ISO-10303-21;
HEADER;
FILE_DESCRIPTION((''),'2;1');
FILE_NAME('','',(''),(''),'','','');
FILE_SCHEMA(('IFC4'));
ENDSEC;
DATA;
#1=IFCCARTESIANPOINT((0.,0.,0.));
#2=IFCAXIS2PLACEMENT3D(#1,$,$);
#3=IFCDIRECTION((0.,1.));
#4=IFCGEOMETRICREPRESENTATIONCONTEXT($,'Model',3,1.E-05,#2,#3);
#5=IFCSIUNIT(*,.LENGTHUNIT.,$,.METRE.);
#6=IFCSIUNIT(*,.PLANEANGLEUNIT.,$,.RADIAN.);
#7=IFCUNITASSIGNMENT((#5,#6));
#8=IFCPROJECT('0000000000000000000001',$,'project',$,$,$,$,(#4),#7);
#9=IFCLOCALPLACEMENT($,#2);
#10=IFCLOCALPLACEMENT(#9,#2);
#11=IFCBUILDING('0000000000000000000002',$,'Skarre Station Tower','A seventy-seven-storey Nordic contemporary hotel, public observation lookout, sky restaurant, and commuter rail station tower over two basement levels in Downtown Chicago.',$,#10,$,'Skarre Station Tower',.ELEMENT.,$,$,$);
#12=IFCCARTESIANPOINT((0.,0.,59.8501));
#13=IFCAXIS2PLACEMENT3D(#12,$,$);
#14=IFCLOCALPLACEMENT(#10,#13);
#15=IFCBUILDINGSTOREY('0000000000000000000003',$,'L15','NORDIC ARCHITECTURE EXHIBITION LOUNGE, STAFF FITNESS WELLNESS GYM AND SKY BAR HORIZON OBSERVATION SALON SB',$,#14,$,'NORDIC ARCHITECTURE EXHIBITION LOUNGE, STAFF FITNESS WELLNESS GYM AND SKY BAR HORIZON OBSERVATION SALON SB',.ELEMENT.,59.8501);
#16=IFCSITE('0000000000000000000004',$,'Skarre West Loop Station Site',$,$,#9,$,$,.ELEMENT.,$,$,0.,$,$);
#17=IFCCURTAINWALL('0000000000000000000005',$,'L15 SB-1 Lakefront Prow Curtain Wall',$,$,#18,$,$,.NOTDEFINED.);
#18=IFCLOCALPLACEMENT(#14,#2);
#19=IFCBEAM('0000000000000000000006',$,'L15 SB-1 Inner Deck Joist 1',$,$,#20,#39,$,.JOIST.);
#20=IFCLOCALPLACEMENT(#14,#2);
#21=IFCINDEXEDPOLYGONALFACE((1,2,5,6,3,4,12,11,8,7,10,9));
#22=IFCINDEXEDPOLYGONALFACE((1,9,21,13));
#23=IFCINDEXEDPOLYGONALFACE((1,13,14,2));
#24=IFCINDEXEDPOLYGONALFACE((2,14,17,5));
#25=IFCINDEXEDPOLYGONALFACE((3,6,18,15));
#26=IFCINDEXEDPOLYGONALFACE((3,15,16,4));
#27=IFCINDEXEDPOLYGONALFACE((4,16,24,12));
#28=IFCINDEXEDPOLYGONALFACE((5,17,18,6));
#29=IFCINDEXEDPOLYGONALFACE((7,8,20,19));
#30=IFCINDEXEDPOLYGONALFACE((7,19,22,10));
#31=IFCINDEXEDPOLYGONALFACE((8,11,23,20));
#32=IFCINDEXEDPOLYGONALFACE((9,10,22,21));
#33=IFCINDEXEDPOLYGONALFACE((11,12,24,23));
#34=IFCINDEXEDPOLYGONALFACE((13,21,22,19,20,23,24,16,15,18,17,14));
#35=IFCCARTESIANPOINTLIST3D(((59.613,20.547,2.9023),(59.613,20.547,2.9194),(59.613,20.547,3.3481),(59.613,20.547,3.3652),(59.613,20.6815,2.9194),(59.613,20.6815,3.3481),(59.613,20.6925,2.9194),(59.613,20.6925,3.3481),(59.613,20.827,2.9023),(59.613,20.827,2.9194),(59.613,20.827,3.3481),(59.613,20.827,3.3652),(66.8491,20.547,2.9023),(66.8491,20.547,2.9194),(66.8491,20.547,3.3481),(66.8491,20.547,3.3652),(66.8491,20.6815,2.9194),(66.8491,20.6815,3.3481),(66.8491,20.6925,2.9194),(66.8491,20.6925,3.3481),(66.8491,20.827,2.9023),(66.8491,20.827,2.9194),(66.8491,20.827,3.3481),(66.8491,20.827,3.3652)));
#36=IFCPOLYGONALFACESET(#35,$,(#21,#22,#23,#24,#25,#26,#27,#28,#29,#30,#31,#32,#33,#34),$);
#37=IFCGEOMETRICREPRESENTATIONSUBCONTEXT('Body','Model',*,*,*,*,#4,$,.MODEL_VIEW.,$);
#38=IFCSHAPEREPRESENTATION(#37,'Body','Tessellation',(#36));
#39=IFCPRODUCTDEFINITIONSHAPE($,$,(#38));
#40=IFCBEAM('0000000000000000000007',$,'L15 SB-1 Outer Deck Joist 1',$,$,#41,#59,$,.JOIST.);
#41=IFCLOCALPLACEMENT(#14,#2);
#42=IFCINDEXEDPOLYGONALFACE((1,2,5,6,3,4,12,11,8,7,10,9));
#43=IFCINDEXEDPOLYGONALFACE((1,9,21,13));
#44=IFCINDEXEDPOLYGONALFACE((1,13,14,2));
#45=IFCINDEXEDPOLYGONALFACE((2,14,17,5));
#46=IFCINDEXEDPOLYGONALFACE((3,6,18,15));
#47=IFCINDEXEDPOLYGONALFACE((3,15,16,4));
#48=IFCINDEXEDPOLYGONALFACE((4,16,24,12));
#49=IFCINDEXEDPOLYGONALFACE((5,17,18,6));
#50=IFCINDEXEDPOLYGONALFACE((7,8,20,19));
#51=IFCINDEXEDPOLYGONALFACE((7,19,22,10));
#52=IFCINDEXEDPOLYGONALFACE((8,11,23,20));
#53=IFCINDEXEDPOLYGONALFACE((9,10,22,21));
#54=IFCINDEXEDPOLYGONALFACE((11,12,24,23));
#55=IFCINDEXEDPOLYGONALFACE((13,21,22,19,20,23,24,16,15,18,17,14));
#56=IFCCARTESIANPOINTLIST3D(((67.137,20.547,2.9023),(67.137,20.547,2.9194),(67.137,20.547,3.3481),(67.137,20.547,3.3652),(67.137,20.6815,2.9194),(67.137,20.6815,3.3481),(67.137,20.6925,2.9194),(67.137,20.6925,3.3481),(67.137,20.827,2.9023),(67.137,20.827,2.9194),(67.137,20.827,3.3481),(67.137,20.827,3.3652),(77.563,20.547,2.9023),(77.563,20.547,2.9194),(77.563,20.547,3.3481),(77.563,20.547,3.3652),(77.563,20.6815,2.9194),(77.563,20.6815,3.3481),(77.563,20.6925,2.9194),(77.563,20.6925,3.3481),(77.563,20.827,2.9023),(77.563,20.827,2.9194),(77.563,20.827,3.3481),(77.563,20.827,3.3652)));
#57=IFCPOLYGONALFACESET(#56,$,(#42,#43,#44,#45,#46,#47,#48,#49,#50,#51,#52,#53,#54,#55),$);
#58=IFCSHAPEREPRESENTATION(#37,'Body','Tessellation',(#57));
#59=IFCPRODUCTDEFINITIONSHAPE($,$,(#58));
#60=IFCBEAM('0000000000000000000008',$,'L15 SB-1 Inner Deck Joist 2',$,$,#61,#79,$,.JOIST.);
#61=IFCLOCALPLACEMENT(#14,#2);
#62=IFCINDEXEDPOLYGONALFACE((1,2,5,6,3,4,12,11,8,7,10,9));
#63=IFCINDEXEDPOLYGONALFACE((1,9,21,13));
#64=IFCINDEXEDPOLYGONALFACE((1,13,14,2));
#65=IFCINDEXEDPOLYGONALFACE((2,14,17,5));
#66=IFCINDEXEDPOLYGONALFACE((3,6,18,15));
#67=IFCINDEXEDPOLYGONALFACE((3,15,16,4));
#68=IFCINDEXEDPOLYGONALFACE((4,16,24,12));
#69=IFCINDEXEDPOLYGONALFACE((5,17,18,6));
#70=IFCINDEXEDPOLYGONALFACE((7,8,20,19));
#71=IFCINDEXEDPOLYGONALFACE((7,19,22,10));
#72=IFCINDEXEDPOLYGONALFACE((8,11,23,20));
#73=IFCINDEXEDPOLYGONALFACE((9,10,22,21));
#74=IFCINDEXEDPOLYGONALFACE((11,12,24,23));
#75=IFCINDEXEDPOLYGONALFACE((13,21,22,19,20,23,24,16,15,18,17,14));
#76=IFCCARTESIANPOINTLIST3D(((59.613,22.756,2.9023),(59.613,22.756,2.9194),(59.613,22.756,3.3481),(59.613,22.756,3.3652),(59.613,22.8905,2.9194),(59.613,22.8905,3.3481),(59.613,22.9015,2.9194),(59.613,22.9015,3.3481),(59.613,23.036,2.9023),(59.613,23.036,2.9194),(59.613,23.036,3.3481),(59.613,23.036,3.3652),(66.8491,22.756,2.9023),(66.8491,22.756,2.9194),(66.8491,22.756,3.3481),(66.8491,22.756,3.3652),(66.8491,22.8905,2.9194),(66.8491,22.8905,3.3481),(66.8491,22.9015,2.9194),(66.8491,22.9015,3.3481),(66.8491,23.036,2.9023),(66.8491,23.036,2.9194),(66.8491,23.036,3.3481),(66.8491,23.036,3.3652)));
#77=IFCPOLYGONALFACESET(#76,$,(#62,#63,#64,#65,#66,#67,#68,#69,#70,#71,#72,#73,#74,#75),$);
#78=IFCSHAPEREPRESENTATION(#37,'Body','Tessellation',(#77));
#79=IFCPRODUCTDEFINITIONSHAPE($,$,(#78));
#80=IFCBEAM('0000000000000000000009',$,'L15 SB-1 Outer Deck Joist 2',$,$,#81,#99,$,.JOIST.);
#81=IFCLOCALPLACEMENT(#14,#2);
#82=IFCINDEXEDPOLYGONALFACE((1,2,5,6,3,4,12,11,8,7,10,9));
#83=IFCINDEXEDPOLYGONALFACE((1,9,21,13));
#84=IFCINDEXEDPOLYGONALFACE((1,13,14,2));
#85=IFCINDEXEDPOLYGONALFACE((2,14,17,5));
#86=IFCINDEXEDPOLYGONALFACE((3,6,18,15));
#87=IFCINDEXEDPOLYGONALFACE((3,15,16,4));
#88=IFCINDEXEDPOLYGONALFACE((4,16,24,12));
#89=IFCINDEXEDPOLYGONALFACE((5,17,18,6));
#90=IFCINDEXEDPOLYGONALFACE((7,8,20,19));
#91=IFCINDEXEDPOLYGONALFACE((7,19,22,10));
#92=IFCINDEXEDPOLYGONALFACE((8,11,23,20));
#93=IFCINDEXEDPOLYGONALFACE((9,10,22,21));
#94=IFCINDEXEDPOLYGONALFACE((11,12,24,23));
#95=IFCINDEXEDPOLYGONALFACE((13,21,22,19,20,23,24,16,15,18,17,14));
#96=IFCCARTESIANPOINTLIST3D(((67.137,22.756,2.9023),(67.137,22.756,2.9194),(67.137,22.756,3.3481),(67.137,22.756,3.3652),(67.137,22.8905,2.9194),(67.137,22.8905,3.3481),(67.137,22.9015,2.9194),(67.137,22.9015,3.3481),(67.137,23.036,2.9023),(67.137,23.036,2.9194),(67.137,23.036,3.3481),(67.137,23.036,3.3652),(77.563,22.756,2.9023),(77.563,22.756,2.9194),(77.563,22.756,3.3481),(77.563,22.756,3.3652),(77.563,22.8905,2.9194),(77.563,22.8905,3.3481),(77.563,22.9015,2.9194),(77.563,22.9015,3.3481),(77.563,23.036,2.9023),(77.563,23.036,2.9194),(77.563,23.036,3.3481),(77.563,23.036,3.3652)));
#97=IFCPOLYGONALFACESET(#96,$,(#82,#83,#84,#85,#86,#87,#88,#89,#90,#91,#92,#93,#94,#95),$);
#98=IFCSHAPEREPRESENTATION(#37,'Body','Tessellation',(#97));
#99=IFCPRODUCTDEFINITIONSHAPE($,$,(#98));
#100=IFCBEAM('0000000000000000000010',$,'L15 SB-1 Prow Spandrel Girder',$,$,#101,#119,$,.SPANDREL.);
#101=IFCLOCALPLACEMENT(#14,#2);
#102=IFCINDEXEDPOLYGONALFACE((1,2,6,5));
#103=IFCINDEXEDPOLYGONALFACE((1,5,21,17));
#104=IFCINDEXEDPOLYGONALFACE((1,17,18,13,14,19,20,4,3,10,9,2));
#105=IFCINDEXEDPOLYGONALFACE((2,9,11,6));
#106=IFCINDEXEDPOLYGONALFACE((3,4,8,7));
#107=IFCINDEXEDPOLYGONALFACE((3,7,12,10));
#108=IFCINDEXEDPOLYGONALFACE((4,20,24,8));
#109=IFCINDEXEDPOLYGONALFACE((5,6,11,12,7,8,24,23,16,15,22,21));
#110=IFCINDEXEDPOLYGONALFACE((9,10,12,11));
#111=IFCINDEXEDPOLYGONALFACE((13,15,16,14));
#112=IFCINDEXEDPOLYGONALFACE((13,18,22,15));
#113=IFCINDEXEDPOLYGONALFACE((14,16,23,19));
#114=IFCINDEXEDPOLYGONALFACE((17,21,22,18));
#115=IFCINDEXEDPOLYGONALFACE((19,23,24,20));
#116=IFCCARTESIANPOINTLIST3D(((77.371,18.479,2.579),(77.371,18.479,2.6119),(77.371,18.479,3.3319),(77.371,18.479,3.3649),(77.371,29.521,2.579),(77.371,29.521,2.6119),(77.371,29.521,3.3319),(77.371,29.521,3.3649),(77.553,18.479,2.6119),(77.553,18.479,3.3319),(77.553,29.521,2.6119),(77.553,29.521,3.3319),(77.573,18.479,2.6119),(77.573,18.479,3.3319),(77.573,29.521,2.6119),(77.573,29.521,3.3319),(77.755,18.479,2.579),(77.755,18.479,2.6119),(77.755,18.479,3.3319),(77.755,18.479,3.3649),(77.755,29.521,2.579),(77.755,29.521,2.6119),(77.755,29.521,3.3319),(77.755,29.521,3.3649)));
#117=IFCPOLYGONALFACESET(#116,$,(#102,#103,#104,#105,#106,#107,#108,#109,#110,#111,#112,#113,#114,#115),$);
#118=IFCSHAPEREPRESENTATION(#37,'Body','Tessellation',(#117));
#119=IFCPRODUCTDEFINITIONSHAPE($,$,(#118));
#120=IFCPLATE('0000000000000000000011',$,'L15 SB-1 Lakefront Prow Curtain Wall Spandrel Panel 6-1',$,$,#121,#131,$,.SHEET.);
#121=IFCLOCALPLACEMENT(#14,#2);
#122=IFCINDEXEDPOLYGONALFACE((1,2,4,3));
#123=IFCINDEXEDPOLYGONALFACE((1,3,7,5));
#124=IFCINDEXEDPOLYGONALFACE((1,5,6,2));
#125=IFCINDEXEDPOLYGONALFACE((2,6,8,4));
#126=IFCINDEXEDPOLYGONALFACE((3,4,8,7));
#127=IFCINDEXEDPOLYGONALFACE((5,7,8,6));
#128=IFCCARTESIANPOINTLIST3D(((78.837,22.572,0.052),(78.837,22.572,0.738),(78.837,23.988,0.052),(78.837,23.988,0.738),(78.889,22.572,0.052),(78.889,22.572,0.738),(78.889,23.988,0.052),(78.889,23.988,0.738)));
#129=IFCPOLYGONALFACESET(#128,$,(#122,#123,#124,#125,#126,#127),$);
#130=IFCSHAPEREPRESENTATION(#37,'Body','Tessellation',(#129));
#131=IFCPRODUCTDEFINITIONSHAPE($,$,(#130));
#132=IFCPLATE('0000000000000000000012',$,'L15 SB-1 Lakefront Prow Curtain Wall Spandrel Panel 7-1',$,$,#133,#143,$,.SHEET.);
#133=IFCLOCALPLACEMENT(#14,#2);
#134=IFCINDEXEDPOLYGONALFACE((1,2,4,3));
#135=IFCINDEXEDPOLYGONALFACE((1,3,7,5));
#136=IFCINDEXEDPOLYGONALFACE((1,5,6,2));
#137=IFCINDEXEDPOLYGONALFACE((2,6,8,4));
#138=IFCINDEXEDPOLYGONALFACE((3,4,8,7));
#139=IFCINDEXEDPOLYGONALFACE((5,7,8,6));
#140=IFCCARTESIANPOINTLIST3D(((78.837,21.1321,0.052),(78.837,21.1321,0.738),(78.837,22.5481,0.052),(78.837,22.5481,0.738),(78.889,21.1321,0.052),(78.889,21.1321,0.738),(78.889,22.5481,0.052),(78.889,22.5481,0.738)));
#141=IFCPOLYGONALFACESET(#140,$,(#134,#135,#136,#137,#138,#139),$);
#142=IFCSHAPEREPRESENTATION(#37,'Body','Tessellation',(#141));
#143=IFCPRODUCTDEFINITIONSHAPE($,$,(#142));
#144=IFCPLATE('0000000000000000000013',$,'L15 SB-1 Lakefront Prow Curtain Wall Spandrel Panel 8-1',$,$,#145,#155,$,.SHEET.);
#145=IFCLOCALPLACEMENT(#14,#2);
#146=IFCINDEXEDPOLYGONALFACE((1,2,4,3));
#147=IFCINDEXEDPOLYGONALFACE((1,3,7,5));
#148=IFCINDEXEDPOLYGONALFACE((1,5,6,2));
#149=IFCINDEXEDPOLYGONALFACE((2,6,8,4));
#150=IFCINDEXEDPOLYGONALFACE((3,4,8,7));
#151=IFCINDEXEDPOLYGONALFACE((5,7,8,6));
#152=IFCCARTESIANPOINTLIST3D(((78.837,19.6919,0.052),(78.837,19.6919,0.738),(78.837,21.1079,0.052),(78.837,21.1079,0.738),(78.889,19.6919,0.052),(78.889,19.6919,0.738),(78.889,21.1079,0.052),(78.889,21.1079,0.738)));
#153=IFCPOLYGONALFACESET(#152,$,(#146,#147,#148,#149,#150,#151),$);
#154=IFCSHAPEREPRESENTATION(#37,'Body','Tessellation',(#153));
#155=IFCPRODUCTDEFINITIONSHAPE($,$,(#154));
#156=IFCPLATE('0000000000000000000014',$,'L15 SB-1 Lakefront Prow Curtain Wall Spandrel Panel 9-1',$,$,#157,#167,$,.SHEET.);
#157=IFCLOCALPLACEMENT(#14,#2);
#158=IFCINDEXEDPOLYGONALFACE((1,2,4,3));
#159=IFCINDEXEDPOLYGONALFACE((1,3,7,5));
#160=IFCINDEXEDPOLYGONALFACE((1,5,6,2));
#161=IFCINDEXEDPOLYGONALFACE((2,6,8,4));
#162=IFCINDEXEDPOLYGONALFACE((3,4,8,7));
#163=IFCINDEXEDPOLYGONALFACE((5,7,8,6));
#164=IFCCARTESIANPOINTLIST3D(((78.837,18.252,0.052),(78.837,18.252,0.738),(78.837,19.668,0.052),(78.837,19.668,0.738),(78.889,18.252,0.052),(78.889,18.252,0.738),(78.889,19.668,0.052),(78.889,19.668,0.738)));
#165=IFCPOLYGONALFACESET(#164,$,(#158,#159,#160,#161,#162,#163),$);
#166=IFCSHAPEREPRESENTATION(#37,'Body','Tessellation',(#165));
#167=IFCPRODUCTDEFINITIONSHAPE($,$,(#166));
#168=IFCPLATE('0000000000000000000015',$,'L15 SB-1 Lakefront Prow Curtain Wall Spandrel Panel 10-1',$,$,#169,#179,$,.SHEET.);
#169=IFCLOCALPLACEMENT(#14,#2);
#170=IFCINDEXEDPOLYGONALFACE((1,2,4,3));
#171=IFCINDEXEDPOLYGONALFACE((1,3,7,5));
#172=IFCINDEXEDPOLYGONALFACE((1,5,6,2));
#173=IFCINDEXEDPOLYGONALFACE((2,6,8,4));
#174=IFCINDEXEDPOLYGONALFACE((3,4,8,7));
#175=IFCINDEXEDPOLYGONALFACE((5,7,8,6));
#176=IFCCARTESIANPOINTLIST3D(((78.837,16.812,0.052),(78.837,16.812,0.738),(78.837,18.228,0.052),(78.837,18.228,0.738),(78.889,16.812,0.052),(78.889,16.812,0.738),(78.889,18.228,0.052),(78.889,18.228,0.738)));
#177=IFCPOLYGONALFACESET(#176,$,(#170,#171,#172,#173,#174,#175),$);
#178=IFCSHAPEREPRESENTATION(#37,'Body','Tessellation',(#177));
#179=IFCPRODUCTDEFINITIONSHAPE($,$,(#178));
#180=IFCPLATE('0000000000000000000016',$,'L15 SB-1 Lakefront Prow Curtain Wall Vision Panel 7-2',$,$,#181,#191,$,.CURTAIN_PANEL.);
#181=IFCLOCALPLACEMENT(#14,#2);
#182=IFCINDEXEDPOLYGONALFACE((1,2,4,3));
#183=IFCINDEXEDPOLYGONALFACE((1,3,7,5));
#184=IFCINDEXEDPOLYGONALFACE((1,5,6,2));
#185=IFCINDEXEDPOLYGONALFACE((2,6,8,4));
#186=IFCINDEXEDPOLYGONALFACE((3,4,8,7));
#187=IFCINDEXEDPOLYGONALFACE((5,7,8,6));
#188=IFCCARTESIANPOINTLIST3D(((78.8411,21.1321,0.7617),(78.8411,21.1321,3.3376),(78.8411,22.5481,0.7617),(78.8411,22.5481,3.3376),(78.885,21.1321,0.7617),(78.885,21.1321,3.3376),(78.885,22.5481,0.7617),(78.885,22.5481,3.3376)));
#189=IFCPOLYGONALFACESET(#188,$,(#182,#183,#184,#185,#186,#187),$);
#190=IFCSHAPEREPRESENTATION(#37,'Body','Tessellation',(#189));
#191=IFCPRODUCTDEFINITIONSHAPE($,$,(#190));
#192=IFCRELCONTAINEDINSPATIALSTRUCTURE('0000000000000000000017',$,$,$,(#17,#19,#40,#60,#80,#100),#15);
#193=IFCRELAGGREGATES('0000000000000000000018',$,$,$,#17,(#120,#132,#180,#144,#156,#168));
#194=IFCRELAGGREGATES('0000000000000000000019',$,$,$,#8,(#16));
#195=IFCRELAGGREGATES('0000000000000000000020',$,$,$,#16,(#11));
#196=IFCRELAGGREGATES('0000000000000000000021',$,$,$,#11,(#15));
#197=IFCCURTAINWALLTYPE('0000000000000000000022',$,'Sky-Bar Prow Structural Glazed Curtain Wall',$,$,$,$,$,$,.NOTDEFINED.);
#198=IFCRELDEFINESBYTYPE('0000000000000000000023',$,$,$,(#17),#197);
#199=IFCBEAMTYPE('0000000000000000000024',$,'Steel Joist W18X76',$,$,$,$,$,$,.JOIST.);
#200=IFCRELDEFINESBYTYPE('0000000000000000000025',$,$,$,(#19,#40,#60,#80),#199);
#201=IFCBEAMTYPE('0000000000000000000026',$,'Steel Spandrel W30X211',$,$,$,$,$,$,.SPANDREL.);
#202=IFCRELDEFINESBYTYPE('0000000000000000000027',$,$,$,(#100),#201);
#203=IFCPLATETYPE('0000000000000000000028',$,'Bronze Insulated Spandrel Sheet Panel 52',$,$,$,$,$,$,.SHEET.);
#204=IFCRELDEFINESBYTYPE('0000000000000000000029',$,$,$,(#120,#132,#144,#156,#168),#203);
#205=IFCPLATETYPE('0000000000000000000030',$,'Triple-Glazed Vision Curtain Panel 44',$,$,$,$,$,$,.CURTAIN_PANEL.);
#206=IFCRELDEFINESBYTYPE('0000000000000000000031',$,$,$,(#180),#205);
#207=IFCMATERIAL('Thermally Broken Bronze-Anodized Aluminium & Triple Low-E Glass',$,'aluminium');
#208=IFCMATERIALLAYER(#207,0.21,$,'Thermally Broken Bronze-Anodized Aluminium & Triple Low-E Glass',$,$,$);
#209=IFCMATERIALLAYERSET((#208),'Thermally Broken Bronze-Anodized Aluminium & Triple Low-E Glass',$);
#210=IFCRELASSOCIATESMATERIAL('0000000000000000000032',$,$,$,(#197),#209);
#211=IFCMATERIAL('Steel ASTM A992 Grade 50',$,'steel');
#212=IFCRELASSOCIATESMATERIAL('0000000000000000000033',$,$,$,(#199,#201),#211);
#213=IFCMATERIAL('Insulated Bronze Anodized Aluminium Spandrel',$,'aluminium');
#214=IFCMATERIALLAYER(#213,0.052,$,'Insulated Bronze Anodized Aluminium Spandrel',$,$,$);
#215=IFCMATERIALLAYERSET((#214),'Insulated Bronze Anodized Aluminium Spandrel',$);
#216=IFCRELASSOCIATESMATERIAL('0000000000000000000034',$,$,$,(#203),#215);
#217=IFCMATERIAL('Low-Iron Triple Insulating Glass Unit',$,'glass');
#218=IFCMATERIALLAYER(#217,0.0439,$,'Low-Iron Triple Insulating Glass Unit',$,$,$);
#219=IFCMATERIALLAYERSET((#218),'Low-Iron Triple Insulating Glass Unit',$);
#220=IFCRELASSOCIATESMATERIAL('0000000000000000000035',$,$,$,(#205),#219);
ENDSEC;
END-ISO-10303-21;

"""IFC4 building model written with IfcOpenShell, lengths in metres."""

from ifc_helpers import new_model, si_unit, direction, frame, origin, origin_2d, place, context, subcontext, project, spatial, rectangle, i_section, extrude, material, layer, layer_set, material_profile, profile_set, type_object, element, aggregate, save


model = new_model("IFC4")

# Units and contexts
model_context = context("Model", 3, precision=1e-05, world=origin(), true_north=direction((0.0, 1.0)))
body_context = subcontext(model_context, "Body", "Model", "MODEL_VIEW")
ifc_project = project(units=[si_unit("LENGTHUNIT", "METRE"), si_unit("PLANEANGLEUNIT", "RADIAN")], contexts=[model_context])

# Site, building, storey
site_placement = place(None, origin())
site = spatial("IfcSite", under=ifc_project, at=site_placement, Name="Skarre West Loop Station Site", CompositionType="ELEMENT", RefElevation=0.0)
building_placement = place(site_placement, origin())
building = spatial("IfcBuilding", under=site, at=building_placement, Name="Skarre Station Tower", Description="A seventy-seven-storey Nordic contemporary hotel, public observation lookout, sky restaurant, and commuter rail station tower over two basement levels in Downtown Chicago.", LongName="Skarre Station Tower", CompositionType="ELEMENT")
storey_placement = place(building_placement, frame((0.0, 0.0, 59.8501)))
storey = spatial("IfcBuildingStorey", under=building, at=storey_placement, Name="L15", Description="NORDIC ARCHITECTURE EXHIBITION LOUNGE, STAFF FITNESS WELLNESS GYM AND SKY BAR HORIZON OBSERVATION SALON SB", LongName="NORDIC ARCHITECTURE EXHIBITION LOUNGE, STAFF FITNESS WELLNESS GYM AND SKY BAR HORIZON OBSERVATION SALON SB", CompositionType="ELEMENT", Elevation=59.8501)

# Curtain wall
ifc_material_1 = material(Name="Thermally Broken Bronze-Anodized Aluminium & Triple Low-E Glass", Category="aluminium")
ifc_layer_1 = layer(ifc_material_1, 0.21, Name="Thermally Broken Bronze-Anodized Aluminium & Triple Low-E Glass")
ifc_layer_set_1 = layer_set([ifc_layer_1], Name="Thermally Broken Bronze-Anodized Aluminium & Triple Low-E Glass")
curtain_wall_type = type_object("IfcCurtainWallType", Name="Sky-Bar Prow Structural Glazed Curtain Wall", PredefinedType="NOTDEFINED", material=ifc_layer_set_1)
curtain_wall_placement = place(storey_placement, origin())
curtain_wall = element("IfcCurtainWall", 1, at=curtain_wall_placement, inside=storey, type_object=curtain_wall_type, Name="L15 SB-1 Lakefront Prow Curtain Wall", PredefinedType="NOTDEFINED")

# Beams
ifc_material_2 = material(Name="Steel ASTM A992 Grade 50", Category="steel")
ifc_material_profile_1 = material_profile(ifc_material_2, i_section(OverallWidth=0.28, OverallDepth=0.4629, WebThickness=0.011, FlangeThickness=0.0171, at=origin_2d()), Name="Steel ASTM A992 Grade 50")
ifc_profile_set_1 = profile_set([ifc_material_profile_1], Name="Steel ASTM A992 Grade 50")
beam_type_1 = type_object("IfcBeamType", Name="Steel Joist W18X76", PredefinedType="JOIST", material=ifc_profile_set_1)
beam_1_placement = place(storey_placement, frame((59.613, 20.687, 3.1338), z_axis=(1.0, 0.0, 0.0), x_axis=(0.0, 1.0, 0.0)))
element("IfcBeam", 2, at=beam_1_placement, inside=storey, type_object=beam_type_1, Name="L15 SB-1 Inner Deck Joist 1", PredefinedType="JOIST", context=body_context, shape_type="SweptSolid", body=[
    extrude(i_section(OverallWidth=0.28, OverallDepth=0.4629, WebThickness=0.011, FlangeThickness=0.0171, at=origin_2d()), origin(), (0.0, 0.0, 1.0), 7.2361),
])
beam_2_placement = place(storey_placement, frame((67.137, 20.687, 3.1338), z_axis=(1.0, 0.0, 0.0), x_axis=(0.0, 1.0, 0.0)))
element("IfcBeam", 3, at=beam_2_placement, inside=storey, type_object=beam_type_1, Name="L15 SB-1 Outer Deck Joist 1", PredefinedType="JOIST", context=body_context, shape_type="SweptSolid", body=[
    extrude(i_section(OverallWidth=0.28, OverallDepth=0.4629, WebThickness=0.011, FlangeThickness=0.0171, at=origin_2d()), origin(), (0.0, 0.0, 1.0), 10.426),
])
beam_3_placement = place(storey_placement, frame((59.613, 22.896, 3.1338), z_axis=(1.0, 0.0, 0.0), x_axis=(0.0, 1.0, 0.0)))
element("IfcBeam", 4, at=beam_3_placement, inside=storey, type_object=beam_type_1, Name="L15 SB-1 Inner Deck Joist 2", PredefinedType="JOIST", context=body_context, shape_type="SweptSolid", body=[
    extrude(i_section(OverallWidth=0.28, OverallDepth=0.4629, WebThickness=0.011, FlangeThickness=0.0171, at=origin_2d()), origin(), (0.0, 0.0, 1.0), 7.2361),
])
beam_4_placement = place(storey_placement, frame((67.137, 22.896, 3.1338), z_axis=(1.0, 0.0, 0.0), x_axis=(0.0, 1.0, 0.0)))
element("IfcBeam", 5, at=beam_4_placement, inside=storey, type_object=beam_type_1, Name="L15 SB-1 Outer Deck Joist 2", PredefinedType="JOIST", context=body_context, shape_type="SweptSolid", body=[
    extrude(i_section(OverallWidth=0.28, OverallDepth=0.4629, WebThickness=0.011, FlangeThickness=0.0171, at=origin_2d()), origin(), (0.0, 0.0, 1.0), 10.426),
])
ifc_material_profile_2 = material_profile(ifc_material_2, i_section(OverallWidth=0.384, OverallDepth=0.7859, WebThickness=0.02, FlangeThickness=0.033, at=origin_2d()), Name="Steel ASTM A992 Grade 50")
ifc_profile_set_2 = profile_set([ifc_material_profile_2], Name="Steel ASTM A992 Grade 50")
beam_type_2 = type_object("IfcBeamType", Name="Steel Spandrel W30X211", PredefinedType="SPANDREL", material=ifc_profile_set_2)
beam_5_placement = place(storey_placement, frame((77.563, 18.479, 2.9719), z_axis=(0.0, 1.0, 0.0), x_axis=(-1.0, 0.0, 0.0)))
element("IfcBeam", 6, at=beam_5_placement, inside=storey, type_object=beam_type_2, Name="L15 SB-1 Prow Spandrel Girder", PredefinedType="SPANDREL", context=body_context, shape_type="SweptSolid", body=[
    extrude(i_section(OverallWidth=0.384, OverallDepth=0.7859, WebThickness=0.02, FlangeThickness=0.033, at=origin_2d()), origin(), (0.0, 0.0, 1.0), 11.042),
])

# Plates
ifc_material_3 = material(Name="Insulated Bronze Anodized Aluminium Spandrel", Category="aluminium")
ifc_layer_2 = layer(ifc_material_3, 0.052, Name="Insulated Bronze Anodized Aluminium Spandrel")
ifc_layer_set_2 = layer_set([ifc_layer_2], Name="Insulated Bronze Anodized Aluminium Spandrel")
plate_type_1 = type_object("IfcPlateType", Name="Bronze Insulated Spandrel Sheet Panel 52", PredefinedType="SHEET", material=ifc_layer_set_2)
plate_1_placement = place(storey_placement, frame((78.863, 23.28, 0.052), z_axis=(0.0, 0.0, 1.0), x_axis=(0.0, -1.0, 0.0)))
plate_1 = element("IfcPlate", 7, at=plate_1_placement, type_object=plate_type_1, Name="L15 SB-1 Lakefront Prow Curtain Wall Spandrel Panel 6-1", PredefinedType="SHEET", context=body_context, shape_type="SweptSolid", body=[
    extrude(rectangle(XDim=1.416, YDim=0.052, at=origin_2d()), origin(), (0.0, 0.0, 1.0), 0.686),
])
plate_2_placement = place(storey_placement, frame((78.863, 21.8401, 0.052), z_axis=(0.0, 0.0, 1.0), x_axis=(0.0, -1.0, 0.0)))
plate_2 = element("IfcPlate", 8, at=plate_2_placement, type_object=plate_type_1, Name="L15 SB-1 Lakefront Prow Curtain Wall Spandrel Panel 7-1", PredefinedType="SHEET", context=body_context, shape_type="SweptSolid", body=[
    extrude(rectangle(XDim=1.416, YDim=0.052, at=origin_2d()), origin(), (0.0, 0.0, 1.0), 0.686),
])
plate_3_placement = place(storey_placement, frame((78.863, 20.3999, 0.052), z_axis=(0.0, 0.0, 1.0), x_axis=(0.0, -1.0, 0.0)))
plate_3 = element("IfcPlate", 9, at=plate_3_placement, type_object=plate_type_1, Name="L15 SB-1 Lakefront Prow Curtain Wall Spandrel Panel 8-1", PredefinedType="SHEET", context=body_context, shape_type="SweptSolid", body=[
    extrude(rectangle(XDim=1.416, YDim=0.052, at=origin_2d()), origin(), (0.0, 0.0, 1.0), 0.686),
])
plate_4_placement = place(storey_placement, frame((78.863, 18.96, 0.052), z_axis=(0.0, 0.0, 1.0), x_axis=(0.0, -1.0, 0.0)))
plate_4 = element("IfcPlate", 10, at=plate_4_placement, type_object=plate_type_1, Name="L15 SB-1 Lakefront Prow Curtain Wall Spandrel Panel 9-1", PredefinedType="SHEET", context=body_context, shape_type="SweptSolid", body=[
    extrude(rectangle(XDim=1.416, YDim=0.052, at=origin_2d()), origin(), (0.0, 0.0, 1.0), 0.686),
])
plate_5_placement = place(storey_placement, frame((78.863, 17.52, 0.052), z_axis=(0.0, 0.0, 1.0), x_axis=(0.0, -1.0, 0.0)))
plate_5 = element("IfcPlate", 11, at=plate_5_placement, type_object=plate_type_1, Name="L15 SB-1 Lakefront Prow Curtain Wall Spandrel Panel 10-1", PredefinedType="SHEET", context=body_context, shape_type="SweptSolid", body=[
    extrude(rectangle(XDim=1.416, YDim=0.052, at=origin_2d()), origin(), (0.0, 0.0, 1.0), 0.686),
])
ifc_material_4 = material(Name="Low-Iron Triple Insulating Glass Unit", Category="glass")
ifc_layer_3 = layer(ifc_material_4, 0.0439, Name="Low-Iron Triple Insulating Glass Unit")
ifc_layer_set_3 = layer_set([ifc_layer_3], Name="Low-Iron Triple Insulating Glass Unit")
plate_type_2 = type_object("IfcPlateType", Name="Triple-Glazed Vision Curtain Panel 44", PredefinedType="CURTAIN_PANEL", material=ifc_layer_set_3)
plate_6_placement = place(storey_placement, frame((78.863, 21.8401, 0.7617), z_axis=(0.0, 0.0, 1.0), x_axis=(0.0, -1.0, 0.0)))
plate_6 = element("IfcPlate", 12, at=plate_6_placement, type_object=plate_type_2, Name="L15 SB-1 Lakefront Prow Curtain Wall Vision Panel 7-2", PredefinedType="CURTAIN_PANEL", context=body_context, shape_type="SweptSolid", body=[
    extrude(rectangle(XDim=1.416, YDim=0.0439, at=origin_2d()), origin(), (0.0, 0.0, 1.0), 2.5759),
])
aggregate(curtain_wall, [plate_1, plate_2, plate_6, plate_3, plate_4, plate_5])

save(model, "model.ifc")
